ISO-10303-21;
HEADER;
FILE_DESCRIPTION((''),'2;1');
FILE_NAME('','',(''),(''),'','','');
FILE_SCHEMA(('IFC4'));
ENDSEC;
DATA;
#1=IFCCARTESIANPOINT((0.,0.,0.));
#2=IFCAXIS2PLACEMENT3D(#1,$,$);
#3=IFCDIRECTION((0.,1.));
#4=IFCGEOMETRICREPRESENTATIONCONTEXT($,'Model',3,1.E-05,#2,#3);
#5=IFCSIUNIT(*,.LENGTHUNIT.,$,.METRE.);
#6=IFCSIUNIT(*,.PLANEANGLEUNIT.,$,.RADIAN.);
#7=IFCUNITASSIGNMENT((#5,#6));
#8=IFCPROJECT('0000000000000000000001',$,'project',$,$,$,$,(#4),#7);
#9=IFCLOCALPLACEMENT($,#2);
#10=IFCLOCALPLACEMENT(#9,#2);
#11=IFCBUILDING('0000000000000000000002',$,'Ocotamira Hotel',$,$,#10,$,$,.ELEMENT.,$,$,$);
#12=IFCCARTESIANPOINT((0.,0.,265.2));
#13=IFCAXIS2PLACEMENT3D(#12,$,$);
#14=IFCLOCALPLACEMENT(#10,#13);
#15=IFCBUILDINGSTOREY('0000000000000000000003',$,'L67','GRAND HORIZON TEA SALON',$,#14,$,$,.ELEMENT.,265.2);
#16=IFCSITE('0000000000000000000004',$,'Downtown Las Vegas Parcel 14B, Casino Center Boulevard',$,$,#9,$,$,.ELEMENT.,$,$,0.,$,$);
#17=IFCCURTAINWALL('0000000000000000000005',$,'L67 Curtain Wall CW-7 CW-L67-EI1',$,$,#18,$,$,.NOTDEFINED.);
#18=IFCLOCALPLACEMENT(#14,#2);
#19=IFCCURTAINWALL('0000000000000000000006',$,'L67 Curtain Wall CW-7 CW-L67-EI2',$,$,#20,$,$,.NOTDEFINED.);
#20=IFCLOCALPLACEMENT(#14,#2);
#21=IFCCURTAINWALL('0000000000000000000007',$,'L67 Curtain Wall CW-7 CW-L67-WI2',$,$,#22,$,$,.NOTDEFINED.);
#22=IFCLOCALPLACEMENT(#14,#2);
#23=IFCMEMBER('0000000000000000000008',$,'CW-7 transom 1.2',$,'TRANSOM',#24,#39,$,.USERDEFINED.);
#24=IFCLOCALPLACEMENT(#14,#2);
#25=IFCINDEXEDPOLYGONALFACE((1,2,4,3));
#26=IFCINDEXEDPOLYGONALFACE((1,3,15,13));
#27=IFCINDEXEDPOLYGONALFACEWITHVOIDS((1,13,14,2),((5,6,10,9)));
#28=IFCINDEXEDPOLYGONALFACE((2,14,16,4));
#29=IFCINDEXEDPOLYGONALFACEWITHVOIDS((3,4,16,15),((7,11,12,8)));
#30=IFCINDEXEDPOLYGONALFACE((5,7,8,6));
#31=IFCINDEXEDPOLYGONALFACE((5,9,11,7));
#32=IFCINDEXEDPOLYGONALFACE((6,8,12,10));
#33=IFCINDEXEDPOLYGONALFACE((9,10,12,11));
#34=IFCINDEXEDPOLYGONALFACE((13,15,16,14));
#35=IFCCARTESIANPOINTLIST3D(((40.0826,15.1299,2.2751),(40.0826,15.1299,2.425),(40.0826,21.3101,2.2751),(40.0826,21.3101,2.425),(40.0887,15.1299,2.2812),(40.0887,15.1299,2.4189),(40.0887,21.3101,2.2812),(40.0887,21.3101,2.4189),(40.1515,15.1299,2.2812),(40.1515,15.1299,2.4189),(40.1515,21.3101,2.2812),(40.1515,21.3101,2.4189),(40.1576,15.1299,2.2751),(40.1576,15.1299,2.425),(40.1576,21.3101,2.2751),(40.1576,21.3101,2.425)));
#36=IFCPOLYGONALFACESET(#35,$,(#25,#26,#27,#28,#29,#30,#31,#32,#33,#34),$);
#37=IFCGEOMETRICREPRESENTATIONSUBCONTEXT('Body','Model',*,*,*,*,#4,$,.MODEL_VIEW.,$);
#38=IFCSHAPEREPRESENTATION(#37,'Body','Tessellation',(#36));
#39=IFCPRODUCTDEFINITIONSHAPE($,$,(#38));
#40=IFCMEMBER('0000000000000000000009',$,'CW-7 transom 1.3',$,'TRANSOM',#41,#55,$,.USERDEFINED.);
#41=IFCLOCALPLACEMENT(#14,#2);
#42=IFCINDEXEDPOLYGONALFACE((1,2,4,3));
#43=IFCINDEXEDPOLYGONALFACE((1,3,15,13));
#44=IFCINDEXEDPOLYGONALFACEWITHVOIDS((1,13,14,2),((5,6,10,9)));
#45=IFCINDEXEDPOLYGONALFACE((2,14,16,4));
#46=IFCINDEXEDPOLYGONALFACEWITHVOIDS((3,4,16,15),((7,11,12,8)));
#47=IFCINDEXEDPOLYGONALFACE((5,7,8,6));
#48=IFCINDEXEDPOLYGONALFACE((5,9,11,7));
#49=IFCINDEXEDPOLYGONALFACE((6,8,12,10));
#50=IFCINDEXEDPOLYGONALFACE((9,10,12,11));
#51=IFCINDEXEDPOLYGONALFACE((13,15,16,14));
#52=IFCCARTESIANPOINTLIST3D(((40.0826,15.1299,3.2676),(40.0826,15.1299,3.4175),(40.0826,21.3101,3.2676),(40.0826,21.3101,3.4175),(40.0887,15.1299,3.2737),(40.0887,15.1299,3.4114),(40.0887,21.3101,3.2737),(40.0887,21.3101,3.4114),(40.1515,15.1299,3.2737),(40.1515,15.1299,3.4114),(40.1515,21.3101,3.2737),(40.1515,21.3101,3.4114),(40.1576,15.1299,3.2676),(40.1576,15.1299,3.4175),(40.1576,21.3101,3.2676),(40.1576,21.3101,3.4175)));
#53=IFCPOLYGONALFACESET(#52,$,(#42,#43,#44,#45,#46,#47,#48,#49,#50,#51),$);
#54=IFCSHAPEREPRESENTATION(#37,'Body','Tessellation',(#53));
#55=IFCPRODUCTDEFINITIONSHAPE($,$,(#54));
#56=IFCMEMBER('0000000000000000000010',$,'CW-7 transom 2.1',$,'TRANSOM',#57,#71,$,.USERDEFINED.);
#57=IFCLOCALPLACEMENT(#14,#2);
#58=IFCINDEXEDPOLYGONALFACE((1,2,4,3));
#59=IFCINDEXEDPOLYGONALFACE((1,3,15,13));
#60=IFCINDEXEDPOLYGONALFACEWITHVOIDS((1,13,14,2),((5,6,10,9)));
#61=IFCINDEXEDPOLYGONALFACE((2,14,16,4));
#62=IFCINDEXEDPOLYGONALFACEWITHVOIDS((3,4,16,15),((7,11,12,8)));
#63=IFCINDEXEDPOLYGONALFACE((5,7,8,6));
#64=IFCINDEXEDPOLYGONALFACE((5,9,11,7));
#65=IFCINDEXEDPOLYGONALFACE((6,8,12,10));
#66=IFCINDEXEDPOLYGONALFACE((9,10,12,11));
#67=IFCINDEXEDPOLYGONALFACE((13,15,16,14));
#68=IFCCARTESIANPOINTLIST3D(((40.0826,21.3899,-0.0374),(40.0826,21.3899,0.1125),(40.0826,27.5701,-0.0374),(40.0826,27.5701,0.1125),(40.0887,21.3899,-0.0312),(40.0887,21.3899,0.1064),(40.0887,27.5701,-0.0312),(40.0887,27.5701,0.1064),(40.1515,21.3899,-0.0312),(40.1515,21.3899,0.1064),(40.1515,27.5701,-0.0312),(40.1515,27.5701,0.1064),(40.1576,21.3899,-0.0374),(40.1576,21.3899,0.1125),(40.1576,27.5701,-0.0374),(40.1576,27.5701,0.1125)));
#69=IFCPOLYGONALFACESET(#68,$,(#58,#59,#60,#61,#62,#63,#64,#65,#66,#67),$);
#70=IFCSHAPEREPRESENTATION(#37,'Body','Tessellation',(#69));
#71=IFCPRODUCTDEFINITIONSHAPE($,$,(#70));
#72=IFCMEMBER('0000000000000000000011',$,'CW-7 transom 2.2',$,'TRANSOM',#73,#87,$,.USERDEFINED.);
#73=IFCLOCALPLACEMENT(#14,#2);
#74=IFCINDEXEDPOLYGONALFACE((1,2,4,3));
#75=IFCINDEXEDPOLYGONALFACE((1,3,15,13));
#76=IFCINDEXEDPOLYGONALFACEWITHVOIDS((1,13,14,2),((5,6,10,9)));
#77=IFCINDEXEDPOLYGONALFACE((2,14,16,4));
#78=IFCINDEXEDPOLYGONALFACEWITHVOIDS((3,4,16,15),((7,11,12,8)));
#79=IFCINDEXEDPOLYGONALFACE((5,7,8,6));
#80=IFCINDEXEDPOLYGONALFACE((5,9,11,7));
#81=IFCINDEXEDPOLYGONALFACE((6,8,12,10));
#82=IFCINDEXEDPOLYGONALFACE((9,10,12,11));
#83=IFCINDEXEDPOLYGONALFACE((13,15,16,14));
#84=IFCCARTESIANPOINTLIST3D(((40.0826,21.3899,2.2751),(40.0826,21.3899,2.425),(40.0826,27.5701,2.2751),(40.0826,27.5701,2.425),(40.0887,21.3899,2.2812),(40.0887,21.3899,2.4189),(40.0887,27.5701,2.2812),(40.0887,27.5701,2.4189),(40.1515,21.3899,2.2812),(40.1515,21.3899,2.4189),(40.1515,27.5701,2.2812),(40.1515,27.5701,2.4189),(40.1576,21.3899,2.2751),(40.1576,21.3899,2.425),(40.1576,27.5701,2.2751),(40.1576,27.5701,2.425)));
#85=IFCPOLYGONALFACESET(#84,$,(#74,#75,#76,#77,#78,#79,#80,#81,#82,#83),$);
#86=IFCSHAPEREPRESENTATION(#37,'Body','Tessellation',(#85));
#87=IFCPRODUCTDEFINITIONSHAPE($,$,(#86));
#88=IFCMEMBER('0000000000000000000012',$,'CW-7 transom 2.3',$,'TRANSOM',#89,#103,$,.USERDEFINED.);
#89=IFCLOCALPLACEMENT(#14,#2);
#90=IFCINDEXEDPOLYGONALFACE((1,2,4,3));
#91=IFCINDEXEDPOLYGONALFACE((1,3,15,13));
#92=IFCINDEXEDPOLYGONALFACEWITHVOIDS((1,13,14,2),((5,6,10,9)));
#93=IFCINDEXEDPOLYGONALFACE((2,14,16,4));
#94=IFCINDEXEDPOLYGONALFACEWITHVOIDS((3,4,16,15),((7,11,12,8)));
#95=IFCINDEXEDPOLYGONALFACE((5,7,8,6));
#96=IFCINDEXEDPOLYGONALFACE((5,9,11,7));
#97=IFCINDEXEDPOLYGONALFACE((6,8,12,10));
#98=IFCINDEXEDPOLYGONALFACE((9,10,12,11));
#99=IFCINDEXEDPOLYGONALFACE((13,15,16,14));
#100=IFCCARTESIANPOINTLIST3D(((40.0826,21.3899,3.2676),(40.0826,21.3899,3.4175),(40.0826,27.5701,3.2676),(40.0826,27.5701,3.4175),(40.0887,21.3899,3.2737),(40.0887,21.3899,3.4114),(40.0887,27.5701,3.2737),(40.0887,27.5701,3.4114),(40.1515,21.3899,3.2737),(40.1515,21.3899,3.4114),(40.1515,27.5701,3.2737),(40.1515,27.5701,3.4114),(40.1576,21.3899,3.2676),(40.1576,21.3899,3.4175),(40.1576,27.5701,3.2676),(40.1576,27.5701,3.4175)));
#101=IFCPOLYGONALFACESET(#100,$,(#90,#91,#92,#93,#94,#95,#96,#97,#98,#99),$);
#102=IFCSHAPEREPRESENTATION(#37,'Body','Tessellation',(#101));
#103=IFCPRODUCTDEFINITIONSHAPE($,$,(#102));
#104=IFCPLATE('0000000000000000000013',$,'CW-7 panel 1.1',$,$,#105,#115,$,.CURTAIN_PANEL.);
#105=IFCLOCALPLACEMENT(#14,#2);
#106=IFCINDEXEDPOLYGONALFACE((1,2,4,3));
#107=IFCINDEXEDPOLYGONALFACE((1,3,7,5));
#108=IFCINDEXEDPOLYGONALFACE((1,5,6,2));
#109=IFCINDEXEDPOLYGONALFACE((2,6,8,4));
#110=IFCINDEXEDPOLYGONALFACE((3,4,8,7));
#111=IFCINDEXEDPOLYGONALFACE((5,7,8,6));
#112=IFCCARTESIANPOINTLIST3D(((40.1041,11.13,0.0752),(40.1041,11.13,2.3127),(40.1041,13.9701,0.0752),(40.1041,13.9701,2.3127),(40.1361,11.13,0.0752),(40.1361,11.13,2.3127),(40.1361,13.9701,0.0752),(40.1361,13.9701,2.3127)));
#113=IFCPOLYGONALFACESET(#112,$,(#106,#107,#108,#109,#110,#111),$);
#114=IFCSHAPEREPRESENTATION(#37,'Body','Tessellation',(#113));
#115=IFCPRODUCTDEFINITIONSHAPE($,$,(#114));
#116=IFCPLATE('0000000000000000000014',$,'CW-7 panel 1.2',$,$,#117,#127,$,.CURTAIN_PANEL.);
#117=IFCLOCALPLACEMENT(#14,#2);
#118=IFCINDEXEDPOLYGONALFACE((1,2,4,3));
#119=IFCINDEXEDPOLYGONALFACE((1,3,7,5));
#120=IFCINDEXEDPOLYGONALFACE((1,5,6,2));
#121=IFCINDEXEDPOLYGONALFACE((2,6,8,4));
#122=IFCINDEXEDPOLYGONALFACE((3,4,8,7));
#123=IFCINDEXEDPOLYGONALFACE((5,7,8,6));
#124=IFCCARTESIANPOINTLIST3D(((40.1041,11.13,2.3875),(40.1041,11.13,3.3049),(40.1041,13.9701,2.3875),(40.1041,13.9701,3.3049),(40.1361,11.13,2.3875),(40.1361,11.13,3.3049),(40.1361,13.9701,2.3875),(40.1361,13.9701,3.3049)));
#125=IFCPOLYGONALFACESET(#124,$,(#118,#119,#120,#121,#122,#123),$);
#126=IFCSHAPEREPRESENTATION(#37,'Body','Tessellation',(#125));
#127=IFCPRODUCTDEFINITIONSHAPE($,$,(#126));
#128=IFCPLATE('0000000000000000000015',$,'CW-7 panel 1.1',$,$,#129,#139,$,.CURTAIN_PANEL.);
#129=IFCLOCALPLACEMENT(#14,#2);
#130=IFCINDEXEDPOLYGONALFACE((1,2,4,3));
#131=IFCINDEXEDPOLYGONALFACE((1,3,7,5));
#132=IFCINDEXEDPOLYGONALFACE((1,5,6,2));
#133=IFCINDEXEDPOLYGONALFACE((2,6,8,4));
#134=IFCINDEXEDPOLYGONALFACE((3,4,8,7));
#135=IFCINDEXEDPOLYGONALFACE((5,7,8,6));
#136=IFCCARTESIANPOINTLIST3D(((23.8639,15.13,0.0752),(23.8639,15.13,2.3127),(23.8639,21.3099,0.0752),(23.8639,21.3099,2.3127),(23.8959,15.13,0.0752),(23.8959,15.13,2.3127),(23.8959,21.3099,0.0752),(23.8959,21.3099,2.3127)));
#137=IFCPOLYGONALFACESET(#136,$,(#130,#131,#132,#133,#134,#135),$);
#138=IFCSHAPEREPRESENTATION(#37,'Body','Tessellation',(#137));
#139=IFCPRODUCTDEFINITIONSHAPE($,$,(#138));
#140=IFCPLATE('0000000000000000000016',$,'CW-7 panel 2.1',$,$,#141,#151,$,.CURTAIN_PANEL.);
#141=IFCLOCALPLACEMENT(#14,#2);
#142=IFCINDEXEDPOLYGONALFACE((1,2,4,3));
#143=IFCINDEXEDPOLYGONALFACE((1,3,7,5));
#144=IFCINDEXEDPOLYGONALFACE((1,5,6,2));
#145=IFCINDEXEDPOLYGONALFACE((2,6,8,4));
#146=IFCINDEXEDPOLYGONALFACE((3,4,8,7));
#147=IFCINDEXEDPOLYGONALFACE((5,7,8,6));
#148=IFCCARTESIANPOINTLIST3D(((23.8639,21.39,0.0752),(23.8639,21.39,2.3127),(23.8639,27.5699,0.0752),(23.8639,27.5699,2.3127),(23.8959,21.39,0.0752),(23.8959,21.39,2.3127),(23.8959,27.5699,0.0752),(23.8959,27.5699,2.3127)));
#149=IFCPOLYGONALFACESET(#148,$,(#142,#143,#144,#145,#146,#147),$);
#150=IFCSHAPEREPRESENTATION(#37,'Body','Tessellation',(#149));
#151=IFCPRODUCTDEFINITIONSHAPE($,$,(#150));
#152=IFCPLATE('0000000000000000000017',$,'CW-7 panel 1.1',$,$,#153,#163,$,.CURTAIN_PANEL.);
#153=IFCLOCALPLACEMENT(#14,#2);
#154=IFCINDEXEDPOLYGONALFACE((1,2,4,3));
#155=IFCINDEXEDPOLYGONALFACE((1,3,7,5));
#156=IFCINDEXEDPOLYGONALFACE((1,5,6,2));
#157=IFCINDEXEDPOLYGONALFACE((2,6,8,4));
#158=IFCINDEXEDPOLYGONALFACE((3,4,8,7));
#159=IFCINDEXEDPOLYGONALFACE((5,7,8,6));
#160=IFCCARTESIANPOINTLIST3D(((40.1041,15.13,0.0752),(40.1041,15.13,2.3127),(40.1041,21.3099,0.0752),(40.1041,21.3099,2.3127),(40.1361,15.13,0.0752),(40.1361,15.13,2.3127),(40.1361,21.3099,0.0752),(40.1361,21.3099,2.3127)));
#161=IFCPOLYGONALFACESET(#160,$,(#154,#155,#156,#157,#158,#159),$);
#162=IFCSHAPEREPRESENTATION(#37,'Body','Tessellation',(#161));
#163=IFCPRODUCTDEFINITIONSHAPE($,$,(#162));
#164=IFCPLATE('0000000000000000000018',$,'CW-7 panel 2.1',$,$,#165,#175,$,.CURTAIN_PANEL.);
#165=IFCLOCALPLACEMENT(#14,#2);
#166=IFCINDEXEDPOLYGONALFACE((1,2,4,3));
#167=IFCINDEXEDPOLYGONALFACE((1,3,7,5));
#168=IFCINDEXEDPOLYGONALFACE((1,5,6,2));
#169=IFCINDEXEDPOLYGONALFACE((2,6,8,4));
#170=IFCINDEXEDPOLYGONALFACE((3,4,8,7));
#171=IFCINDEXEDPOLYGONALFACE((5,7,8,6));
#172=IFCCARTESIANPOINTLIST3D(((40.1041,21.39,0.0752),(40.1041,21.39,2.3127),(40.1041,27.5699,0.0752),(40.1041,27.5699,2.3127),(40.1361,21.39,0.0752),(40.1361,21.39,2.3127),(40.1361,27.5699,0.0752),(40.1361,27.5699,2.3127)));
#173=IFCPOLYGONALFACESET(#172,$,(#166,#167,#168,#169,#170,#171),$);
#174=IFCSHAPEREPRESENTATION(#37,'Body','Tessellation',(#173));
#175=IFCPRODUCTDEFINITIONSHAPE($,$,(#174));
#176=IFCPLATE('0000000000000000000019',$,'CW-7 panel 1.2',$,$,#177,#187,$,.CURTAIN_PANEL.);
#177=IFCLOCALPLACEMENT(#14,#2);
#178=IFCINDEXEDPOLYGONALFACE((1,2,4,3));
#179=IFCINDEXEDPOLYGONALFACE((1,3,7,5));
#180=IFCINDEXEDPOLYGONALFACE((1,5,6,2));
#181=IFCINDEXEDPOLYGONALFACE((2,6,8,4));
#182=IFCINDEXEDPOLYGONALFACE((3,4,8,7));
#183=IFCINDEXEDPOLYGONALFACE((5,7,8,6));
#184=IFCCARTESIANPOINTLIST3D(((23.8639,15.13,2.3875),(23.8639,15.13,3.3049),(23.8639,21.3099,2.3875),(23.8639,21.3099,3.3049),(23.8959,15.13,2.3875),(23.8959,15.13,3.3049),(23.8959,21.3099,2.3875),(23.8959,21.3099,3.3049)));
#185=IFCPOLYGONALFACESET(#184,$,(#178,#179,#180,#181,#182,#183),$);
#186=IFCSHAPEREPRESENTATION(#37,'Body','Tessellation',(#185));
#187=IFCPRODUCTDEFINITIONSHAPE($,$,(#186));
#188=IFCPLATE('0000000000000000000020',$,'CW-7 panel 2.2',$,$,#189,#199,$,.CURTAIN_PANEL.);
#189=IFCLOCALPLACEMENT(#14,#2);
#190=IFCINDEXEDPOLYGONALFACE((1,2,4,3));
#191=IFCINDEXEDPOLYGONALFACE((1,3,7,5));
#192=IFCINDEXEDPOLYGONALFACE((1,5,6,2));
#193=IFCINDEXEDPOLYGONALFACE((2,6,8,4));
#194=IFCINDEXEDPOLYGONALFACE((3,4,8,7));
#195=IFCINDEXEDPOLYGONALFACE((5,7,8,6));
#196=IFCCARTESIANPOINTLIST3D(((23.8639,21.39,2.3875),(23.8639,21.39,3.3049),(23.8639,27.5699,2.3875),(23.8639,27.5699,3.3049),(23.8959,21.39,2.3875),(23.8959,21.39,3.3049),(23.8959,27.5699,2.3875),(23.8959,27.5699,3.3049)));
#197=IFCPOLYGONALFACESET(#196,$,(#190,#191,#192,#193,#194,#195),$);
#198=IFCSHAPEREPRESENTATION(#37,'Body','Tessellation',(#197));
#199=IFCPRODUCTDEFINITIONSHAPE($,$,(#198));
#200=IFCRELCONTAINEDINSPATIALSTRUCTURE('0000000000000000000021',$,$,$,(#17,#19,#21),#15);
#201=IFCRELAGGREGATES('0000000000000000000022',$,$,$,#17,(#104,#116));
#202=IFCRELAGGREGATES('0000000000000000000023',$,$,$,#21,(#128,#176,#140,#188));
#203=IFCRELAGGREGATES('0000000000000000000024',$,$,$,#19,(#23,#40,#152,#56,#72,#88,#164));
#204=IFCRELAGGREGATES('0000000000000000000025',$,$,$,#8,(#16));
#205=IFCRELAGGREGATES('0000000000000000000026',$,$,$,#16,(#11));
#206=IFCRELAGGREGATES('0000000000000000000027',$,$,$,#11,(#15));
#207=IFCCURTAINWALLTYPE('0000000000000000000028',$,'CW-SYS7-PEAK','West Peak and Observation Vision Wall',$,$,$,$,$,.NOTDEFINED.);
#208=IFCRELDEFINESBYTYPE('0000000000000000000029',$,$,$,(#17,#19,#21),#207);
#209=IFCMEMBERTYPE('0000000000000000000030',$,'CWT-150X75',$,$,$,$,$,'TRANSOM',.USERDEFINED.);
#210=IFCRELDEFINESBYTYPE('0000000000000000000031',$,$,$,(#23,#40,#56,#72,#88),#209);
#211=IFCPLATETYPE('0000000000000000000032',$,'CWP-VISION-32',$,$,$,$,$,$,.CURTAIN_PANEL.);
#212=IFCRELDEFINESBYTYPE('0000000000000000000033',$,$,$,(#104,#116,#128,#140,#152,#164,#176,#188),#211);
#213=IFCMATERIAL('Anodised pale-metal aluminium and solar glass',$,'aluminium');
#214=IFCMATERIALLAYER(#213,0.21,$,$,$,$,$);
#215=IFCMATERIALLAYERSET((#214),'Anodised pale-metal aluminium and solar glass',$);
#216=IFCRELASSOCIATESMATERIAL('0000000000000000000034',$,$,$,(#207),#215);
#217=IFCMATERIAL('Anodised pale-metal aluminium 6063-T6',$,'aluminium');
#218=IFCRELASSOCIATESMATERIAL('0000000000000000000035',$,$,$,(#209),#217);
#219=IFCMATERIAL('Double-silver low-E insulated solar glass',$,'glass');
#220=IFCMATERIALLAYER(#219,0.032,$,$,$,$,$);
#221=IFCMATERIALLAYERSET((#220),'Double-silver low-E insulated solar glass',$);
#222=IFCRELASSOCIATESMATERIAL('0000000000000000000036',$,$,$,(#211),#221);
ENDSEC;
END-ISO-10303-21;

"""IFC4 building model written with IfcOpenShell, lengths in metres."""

from ifc_helpers import new_model, si_unit, direction, frame, origin, origin_2d, place, context, subcontext, project, spatial, rectangle, hollow_rectangle, extrude, source, transform, mapped, material, layer, layer_set, material_profile, profile_set, type_object, element, aggregate, save


model = new_model("IFC4")

# Units and contexts
model_context = context("Model", 3, precision=1e-05, world=origin(), true_north=direction((0.0, 1.0)))
body_context = subcontext(model_context, "Body", "Model", "MODEL_VIEW")
ifc_project = project(units=[si_unit("LENGTHUNIT", "METRE"), si_unit("PLANEANGLEUNIT", "RADIAN")], contexts=[model_context])

# Site, building, storey
site_placement = place(None, origin())
site = spatial("IfcSite", under=ifc_project, at=site_placement, Name="Downtown Las Vegas Parcel 14B, Casino Center Boulevard", CompositionType="ELEMENT", RefElevation=0.0)
building_placement = place(site_placement, origin())
building = spatial("IfcBuilding", under=site, at=building_placement, Name="Ocotamira Hotel", CompositionType="ELEMENT")
storey_placement = place(building_placement, frame((0.0, 0.0, 265.2)))
storey = spatial("IfcBuildingStorey", under=building, at=storey_placement, Name="L67", Description="GRAND HORIZON TEA SALON", CompositionType="ELEMENT", Elevation=265.2)

# Curtain walls
ifc_material_1 = material(Name="Anodised pale-metal aluminium and solar glass", Category="aluminium")
ifc_layer_1 = layer(ifc_material_1, 0.21)
ifc_layer_set_1 = layer_set([ifc_layer_1], Name="Anodised pale-metal aluminium and solar glass")
curtain_wall_type = type_object("IfcCurtainWallType", Name="CW-SYS7-PEAK", Description="West Peak and Observation Vision Wall", PredefinedType="NOTDEFINED", material=ifc_layer_set_1)
curtain_wall_1_placement = place(storey_placement, origin())
curtain_wall_1 = element("IfcCurtainWall", 1, at=curtain_wall_1_placement, inside=storey, type_object=curtain_wall_type, Name="L67 Curtain Wall CW-7 CW-L67-EI1", PredefinedType="NOTDEFINED")
ifc_material_2 = material(Name="Anodised pale-metal aluminium 6063-T6", Category="aluminium")
curtain_wall_2_placement = place(storey_placement, origin())
curtain_wall_2 = element("IfcCurtainWall", 2, at=curtain_wall_2_placement, inside=storey, type_object=curtain_wall_type, Name="L67 Curtain Wall CW-7 CW-L67-EI2", PredefinedType="NOTDEFINED")

# Shared definitions
ifc_material_profile_1 = material_profile(ifc_material_2, hollow_rectangle(XDim=0.075, YDim=0.1499, WallThickness=0.0061, at=origin_2d()), Name="HSS150X75X6")
ifc_profile_set_1 = profile_set([ifc_material_profile_1], Name="Anodised pale-metal aluminium 6063-T6")
member_type_1 = type_object("IfcMemberType", Name="CWT-150X75", ElementType="TRANSOM", PredefinedType="USERDEFINED", material=ifc_profile_set_1)

# Curtain wall
curtain_wall_3_placement = place(storey_placement, origin())
curtain_wall_3 = element("IfcCurtainWall", 3, at=curtain_wall_3_placement, inside=storey, type_object=curtain_wall_type, Name="L67 Curtain Wall CW-7 CW-L67-WI2", PredefinedType="NOTDEFINED")
shared_shape_1 = source(origin(), body_context, "Body", "SweptSolid", [
    extrude(hollow_rectangle(XDim=0.075, YDim=0.1499, WallThickness=0.0061, at=origin_2d()), origin(), (0.0, 0.0, 1.0), 6.1802),
])

# Members
member_1_placement = place(storey_placement, frame((40.1201, 15.1299, 2.3501), z_axis=(0.0, 1.0, 0.0), x_axis=(-1.0, 0.0, 0.0)))
member_1 = element("IfcMember", 4, at=member_1_placement, type_object=member_type_1, Name="CW-7 transom 1.2", ObjectType="TRANSOM", PredefinedType="USERDEFINED", context=body_context, shape_type="MappedRepresentation", body=[
    mapped(shared_shape_1, transform((0.0, 0.0, 0.0), scale=1.0)),
])
member_2_placement = place(storey_placement, frame((40.1201, 15.1299, 3.3425), z_axis=(0.0, 1.0, 0.0), x_axis=(-1.0, 0.0, 0.0)))
member_2 = element("IfcMember", 5, at=member_2_placement, type_object=member_type_1, Name="CW-7 transom 1.3", ObjectType="TRANSOM", PredefinedType="USERDEFINED", context=body_context, shape_type="MappedRepresentation", body=[
    mapped(shared_shape_1, transform((0.0, 0.0, 0.0), scale=1.0)),
])
member_3_placement = place(storey_placement, frame((40.1201, 21.3899, 0.0376), z_axis=(0.0, 1.0, 0.0), x_axis=(-1.0, 0.0, 0.0)))
member_3 = element("IfcMember", 6, at=member_3_placement, type_object=member_type_1, Name="CW-7 transom 2.1", ObjectType="TRANSOM", PredefinedType="USERDEFINED", context=body_context, shape_type="MappedRepresentation", body=[
    mapped(shared_shape_1, transform((0.0, 0.0, 0.0), scale=1.0)),
])
member_4_placement = place(storey_placement, frame((40.1201, 21.3899, 2.3501), z_axis=(0.0, 1.0, 0.0), x_axis=(-1.0, 0.0, 0.0)))
member_4 = element("IfcMember", 7, at=member_4_placement, type_object=member_type_1, Name="CW-7 transom 2.2", ObjectType="TRANSOM", PredefinedType="USERDEFINED", context=body_context, shape_type="MappedRepresentation", body=[
    mapped(shared_shape_1, transform((0.0, 0.0, 0.0), scale=1.0)),
])
member_5_placement = place(storey_placement, frame((40.1201, 21.3899, 3.3425), z_axis=(0.0, 1.0, 0.0), x_axis=(-1.0, 0.0, 0.0)))
member_5 = element("IfcMember", 8, at=member_5_placement, type_object=member_type_1, Name="CW-7 transom 2.3", ObjectType="TRANSOM", PredefinedType="USERDEFINED", context=body_context, shape_type="MappedRepresentation", body=[
    mapped(shared_shape_1, transform((0.0, 0.0, 0.0), scale=1.0)),
])

# Plates
ifc_material_3 = material(Name="Double-silver low-E insulated solar glass", Category="glass")
ifc_layer_2 = layer(ifc_material_3, 0.032)
ifc_layer_set_2 = layer_set([ifc_layer_2], Name="Double-silver low-E insulated solar glass")
plate_type = type_object("IfcPlateType", Name="CWP-VISION-32", PredefinedType="CURTAIN_PANEL", material=ifc_layer_set_2)
shared_shape_2 = source(origin(), body_context, "Body", "SweptSolid", [
    extrude(rectangle(XDim=2.8401, YDim=0.032, at=origin_2d()), origin(), (0.0, 0.0, 1.0), 2.2375),
])
plate_1_placement = place(storey_placement, frame((40.1201, 12.55, 0.0752), z_axis=(0.0, 0.0, 1.0), x_axis=(0.0, 1.0, 0.0)))
plate_1 = element("IfcPlate", 9, at=plate_1_placement, type_object=plate_type, Name="CW-7 panel 1.1", PredefinedType="CURTAIN_PANEL", context=body_context, shape_type="MappedRepresentation", body=[
    mapped(shared_shape_2, transform((0.0, 0.0, 0.0), scale=1.0)),
])
shared_shape_3 = source(origin(), body_context, "Body", "SweptSolid", [
    extrude(rectangle(XDim=2.8401, YDim=0.032, at=origin_2d()), origin(), (0.0, 0.0, 1.0), 0.9175),
])
plate_2_placement = place(storey_placement, frame((40.1201, 12.55, 2.3875), z_axis=(0.0, 0.0, 1.0), x_axis=(0.0, 1.0, 0.0)))
plate_2 = element("IfcPlate", 10, at=plate_2_placement, type_object=plate_type, Name="CW-7 panel 1.2", PredefinedType="CURTAIN_PANEL", context=body_context, shape_type="MappedRepresentation", body=[
    mapped(shared_shape_3, transform((0.0, 0.0, 0.0), scale=1.0)),
])
aggregate(curtain_wall_1, [plate_1, plate_2])
shared_shape_4 = source(origin(), body_context, "Body", "SweptSolid", [
    extrude(rectangle(XDim=6.1799, YDim=0.032, at=origin_2d()), origin(), (0.0, 0.0, 1.0), 2.2375),
])
plate_3_placement = place(storey_placement, frame((23.8799, 18.22, 0.0752), z_axis=(0.0, 0.0, 1.0), x_axis=(0.0, 1.0, 0.0)))
plate_3 = element("IfcPlate", 11, at=plate_3_placement, type_object=plate_type, Name="CW-7 panel 1.1", PredefinedType="CURTAIN_PANEL", context=body_context, shape_type="MappedRepresentation", body=[
    mapped(shared_shape_4, transform((0.0, 0.0, 0.0), scale=1.0)),
])
plate_4_placement = place(storey_placement, frame((23.8799, 24.48, 0.0752), z_axis=(0.0, 0.0, 1.0), x_axis=(0.0, 1.0, 0.0)))
plate_4 = element("IfcPlate", 12, at=plate_4_placement, type_object=plate_type, Name="CW-7 panel 2.1", PredefinedType="CURTAIN_PANEL", context=body_context, shape_type="MappedRepresentation", body=[
    mapped(shared_shape_4, transform((0.0, 0.0, 0.0), scale=1.0)),
])
plate_5_placement = place(storey_placement, frame((40.1201, 18.22, 0.0752), z_axis=(0.0, 0.0, 1.0), x_axis=(0.0, 1.0, 0.0)))
plate_5 = element("IfcPlate", 13, at=plate_5_placement, type_object=plate_type, Name="CW-7 panel 1.1", PredefinedType="CURTAIN_PANEL", context=body_context, shape_type="MappedRepresentation", body=[
    mapped(shared_shape_4, transform((0.0, 0.0, 0.0), scale=1.0)),
])
plate_6_placement = place(storey_placement, frame((40.1201, 24.48, 0.0752), z_axis=(0.0, 0.0, 1.0), x_axis=(0.0, 1.0, 0.0)))
plate_6 = element("IfcPlate", 14, at=plate_6_placement, type_object=plate_type, Name="CW-7 panel 2.1", PredefinedType="CURTAIN_PANEL", context=body_context, shape_type="MappedRepresentation", body=[
    mapped(shared_shape_4, transform((0.0, 0.0, 0.0), scale=1.0)),
])
shared_shape_5 = source(origin(), body_context, "Body", "SweptSolid", [
    extrude(rectangle(XDim=6.1799, YDim=0.032, at=origin_2d()), origin(), (0.0, 0.0, 1.0), 0.9175),
])
plate_7_placement = place(storey_placement, frame((23.8799, 18.22, 2.3875), z_axis=(0.0, 0.0, 1.0), x_axis=(0.0, 1.0, 0.0)))
plate_7 = element("IfcPlate", 15, at=plate_7_placement, type_object=plate_type, Name="CW-7 panel 1.2", PredefinedType="CURTAIN_PANEL", context=body_context, shape_type="MappedRepresentation", body=[
    mapped(shared_shape_5, transform((0.0, 0.0, 0.0), scale=1.0)),
])
plate_8_placement = place(storey_placement, frame((23.8799, 24.48, 2.3875), z_axis=(0.0, 0.0, 1.0), x_axis=(0.0, 1.0, 0.0)))
plate_8 = element("IfcPlate", 16, at=plate_8_placement, type_object=plate_type, Name="CW-7 panel 2.2", PredefinedType="CURTAIN_PANEL", context=body_context, shape_type="MappedRepresentation", body=[
    mapped(shared_shape_5, transform((0.0, 0.0, 0.0), scale=1.0)),
])
aggregate(curtain_wall_3, [plate_3, plate_7, plate_4, plate_8])
aggregate(curtain_wall_2, [member_1, member_2, plate_5, member_3, member_4, member_5, plate_6])

save(model, "model.ifc")
